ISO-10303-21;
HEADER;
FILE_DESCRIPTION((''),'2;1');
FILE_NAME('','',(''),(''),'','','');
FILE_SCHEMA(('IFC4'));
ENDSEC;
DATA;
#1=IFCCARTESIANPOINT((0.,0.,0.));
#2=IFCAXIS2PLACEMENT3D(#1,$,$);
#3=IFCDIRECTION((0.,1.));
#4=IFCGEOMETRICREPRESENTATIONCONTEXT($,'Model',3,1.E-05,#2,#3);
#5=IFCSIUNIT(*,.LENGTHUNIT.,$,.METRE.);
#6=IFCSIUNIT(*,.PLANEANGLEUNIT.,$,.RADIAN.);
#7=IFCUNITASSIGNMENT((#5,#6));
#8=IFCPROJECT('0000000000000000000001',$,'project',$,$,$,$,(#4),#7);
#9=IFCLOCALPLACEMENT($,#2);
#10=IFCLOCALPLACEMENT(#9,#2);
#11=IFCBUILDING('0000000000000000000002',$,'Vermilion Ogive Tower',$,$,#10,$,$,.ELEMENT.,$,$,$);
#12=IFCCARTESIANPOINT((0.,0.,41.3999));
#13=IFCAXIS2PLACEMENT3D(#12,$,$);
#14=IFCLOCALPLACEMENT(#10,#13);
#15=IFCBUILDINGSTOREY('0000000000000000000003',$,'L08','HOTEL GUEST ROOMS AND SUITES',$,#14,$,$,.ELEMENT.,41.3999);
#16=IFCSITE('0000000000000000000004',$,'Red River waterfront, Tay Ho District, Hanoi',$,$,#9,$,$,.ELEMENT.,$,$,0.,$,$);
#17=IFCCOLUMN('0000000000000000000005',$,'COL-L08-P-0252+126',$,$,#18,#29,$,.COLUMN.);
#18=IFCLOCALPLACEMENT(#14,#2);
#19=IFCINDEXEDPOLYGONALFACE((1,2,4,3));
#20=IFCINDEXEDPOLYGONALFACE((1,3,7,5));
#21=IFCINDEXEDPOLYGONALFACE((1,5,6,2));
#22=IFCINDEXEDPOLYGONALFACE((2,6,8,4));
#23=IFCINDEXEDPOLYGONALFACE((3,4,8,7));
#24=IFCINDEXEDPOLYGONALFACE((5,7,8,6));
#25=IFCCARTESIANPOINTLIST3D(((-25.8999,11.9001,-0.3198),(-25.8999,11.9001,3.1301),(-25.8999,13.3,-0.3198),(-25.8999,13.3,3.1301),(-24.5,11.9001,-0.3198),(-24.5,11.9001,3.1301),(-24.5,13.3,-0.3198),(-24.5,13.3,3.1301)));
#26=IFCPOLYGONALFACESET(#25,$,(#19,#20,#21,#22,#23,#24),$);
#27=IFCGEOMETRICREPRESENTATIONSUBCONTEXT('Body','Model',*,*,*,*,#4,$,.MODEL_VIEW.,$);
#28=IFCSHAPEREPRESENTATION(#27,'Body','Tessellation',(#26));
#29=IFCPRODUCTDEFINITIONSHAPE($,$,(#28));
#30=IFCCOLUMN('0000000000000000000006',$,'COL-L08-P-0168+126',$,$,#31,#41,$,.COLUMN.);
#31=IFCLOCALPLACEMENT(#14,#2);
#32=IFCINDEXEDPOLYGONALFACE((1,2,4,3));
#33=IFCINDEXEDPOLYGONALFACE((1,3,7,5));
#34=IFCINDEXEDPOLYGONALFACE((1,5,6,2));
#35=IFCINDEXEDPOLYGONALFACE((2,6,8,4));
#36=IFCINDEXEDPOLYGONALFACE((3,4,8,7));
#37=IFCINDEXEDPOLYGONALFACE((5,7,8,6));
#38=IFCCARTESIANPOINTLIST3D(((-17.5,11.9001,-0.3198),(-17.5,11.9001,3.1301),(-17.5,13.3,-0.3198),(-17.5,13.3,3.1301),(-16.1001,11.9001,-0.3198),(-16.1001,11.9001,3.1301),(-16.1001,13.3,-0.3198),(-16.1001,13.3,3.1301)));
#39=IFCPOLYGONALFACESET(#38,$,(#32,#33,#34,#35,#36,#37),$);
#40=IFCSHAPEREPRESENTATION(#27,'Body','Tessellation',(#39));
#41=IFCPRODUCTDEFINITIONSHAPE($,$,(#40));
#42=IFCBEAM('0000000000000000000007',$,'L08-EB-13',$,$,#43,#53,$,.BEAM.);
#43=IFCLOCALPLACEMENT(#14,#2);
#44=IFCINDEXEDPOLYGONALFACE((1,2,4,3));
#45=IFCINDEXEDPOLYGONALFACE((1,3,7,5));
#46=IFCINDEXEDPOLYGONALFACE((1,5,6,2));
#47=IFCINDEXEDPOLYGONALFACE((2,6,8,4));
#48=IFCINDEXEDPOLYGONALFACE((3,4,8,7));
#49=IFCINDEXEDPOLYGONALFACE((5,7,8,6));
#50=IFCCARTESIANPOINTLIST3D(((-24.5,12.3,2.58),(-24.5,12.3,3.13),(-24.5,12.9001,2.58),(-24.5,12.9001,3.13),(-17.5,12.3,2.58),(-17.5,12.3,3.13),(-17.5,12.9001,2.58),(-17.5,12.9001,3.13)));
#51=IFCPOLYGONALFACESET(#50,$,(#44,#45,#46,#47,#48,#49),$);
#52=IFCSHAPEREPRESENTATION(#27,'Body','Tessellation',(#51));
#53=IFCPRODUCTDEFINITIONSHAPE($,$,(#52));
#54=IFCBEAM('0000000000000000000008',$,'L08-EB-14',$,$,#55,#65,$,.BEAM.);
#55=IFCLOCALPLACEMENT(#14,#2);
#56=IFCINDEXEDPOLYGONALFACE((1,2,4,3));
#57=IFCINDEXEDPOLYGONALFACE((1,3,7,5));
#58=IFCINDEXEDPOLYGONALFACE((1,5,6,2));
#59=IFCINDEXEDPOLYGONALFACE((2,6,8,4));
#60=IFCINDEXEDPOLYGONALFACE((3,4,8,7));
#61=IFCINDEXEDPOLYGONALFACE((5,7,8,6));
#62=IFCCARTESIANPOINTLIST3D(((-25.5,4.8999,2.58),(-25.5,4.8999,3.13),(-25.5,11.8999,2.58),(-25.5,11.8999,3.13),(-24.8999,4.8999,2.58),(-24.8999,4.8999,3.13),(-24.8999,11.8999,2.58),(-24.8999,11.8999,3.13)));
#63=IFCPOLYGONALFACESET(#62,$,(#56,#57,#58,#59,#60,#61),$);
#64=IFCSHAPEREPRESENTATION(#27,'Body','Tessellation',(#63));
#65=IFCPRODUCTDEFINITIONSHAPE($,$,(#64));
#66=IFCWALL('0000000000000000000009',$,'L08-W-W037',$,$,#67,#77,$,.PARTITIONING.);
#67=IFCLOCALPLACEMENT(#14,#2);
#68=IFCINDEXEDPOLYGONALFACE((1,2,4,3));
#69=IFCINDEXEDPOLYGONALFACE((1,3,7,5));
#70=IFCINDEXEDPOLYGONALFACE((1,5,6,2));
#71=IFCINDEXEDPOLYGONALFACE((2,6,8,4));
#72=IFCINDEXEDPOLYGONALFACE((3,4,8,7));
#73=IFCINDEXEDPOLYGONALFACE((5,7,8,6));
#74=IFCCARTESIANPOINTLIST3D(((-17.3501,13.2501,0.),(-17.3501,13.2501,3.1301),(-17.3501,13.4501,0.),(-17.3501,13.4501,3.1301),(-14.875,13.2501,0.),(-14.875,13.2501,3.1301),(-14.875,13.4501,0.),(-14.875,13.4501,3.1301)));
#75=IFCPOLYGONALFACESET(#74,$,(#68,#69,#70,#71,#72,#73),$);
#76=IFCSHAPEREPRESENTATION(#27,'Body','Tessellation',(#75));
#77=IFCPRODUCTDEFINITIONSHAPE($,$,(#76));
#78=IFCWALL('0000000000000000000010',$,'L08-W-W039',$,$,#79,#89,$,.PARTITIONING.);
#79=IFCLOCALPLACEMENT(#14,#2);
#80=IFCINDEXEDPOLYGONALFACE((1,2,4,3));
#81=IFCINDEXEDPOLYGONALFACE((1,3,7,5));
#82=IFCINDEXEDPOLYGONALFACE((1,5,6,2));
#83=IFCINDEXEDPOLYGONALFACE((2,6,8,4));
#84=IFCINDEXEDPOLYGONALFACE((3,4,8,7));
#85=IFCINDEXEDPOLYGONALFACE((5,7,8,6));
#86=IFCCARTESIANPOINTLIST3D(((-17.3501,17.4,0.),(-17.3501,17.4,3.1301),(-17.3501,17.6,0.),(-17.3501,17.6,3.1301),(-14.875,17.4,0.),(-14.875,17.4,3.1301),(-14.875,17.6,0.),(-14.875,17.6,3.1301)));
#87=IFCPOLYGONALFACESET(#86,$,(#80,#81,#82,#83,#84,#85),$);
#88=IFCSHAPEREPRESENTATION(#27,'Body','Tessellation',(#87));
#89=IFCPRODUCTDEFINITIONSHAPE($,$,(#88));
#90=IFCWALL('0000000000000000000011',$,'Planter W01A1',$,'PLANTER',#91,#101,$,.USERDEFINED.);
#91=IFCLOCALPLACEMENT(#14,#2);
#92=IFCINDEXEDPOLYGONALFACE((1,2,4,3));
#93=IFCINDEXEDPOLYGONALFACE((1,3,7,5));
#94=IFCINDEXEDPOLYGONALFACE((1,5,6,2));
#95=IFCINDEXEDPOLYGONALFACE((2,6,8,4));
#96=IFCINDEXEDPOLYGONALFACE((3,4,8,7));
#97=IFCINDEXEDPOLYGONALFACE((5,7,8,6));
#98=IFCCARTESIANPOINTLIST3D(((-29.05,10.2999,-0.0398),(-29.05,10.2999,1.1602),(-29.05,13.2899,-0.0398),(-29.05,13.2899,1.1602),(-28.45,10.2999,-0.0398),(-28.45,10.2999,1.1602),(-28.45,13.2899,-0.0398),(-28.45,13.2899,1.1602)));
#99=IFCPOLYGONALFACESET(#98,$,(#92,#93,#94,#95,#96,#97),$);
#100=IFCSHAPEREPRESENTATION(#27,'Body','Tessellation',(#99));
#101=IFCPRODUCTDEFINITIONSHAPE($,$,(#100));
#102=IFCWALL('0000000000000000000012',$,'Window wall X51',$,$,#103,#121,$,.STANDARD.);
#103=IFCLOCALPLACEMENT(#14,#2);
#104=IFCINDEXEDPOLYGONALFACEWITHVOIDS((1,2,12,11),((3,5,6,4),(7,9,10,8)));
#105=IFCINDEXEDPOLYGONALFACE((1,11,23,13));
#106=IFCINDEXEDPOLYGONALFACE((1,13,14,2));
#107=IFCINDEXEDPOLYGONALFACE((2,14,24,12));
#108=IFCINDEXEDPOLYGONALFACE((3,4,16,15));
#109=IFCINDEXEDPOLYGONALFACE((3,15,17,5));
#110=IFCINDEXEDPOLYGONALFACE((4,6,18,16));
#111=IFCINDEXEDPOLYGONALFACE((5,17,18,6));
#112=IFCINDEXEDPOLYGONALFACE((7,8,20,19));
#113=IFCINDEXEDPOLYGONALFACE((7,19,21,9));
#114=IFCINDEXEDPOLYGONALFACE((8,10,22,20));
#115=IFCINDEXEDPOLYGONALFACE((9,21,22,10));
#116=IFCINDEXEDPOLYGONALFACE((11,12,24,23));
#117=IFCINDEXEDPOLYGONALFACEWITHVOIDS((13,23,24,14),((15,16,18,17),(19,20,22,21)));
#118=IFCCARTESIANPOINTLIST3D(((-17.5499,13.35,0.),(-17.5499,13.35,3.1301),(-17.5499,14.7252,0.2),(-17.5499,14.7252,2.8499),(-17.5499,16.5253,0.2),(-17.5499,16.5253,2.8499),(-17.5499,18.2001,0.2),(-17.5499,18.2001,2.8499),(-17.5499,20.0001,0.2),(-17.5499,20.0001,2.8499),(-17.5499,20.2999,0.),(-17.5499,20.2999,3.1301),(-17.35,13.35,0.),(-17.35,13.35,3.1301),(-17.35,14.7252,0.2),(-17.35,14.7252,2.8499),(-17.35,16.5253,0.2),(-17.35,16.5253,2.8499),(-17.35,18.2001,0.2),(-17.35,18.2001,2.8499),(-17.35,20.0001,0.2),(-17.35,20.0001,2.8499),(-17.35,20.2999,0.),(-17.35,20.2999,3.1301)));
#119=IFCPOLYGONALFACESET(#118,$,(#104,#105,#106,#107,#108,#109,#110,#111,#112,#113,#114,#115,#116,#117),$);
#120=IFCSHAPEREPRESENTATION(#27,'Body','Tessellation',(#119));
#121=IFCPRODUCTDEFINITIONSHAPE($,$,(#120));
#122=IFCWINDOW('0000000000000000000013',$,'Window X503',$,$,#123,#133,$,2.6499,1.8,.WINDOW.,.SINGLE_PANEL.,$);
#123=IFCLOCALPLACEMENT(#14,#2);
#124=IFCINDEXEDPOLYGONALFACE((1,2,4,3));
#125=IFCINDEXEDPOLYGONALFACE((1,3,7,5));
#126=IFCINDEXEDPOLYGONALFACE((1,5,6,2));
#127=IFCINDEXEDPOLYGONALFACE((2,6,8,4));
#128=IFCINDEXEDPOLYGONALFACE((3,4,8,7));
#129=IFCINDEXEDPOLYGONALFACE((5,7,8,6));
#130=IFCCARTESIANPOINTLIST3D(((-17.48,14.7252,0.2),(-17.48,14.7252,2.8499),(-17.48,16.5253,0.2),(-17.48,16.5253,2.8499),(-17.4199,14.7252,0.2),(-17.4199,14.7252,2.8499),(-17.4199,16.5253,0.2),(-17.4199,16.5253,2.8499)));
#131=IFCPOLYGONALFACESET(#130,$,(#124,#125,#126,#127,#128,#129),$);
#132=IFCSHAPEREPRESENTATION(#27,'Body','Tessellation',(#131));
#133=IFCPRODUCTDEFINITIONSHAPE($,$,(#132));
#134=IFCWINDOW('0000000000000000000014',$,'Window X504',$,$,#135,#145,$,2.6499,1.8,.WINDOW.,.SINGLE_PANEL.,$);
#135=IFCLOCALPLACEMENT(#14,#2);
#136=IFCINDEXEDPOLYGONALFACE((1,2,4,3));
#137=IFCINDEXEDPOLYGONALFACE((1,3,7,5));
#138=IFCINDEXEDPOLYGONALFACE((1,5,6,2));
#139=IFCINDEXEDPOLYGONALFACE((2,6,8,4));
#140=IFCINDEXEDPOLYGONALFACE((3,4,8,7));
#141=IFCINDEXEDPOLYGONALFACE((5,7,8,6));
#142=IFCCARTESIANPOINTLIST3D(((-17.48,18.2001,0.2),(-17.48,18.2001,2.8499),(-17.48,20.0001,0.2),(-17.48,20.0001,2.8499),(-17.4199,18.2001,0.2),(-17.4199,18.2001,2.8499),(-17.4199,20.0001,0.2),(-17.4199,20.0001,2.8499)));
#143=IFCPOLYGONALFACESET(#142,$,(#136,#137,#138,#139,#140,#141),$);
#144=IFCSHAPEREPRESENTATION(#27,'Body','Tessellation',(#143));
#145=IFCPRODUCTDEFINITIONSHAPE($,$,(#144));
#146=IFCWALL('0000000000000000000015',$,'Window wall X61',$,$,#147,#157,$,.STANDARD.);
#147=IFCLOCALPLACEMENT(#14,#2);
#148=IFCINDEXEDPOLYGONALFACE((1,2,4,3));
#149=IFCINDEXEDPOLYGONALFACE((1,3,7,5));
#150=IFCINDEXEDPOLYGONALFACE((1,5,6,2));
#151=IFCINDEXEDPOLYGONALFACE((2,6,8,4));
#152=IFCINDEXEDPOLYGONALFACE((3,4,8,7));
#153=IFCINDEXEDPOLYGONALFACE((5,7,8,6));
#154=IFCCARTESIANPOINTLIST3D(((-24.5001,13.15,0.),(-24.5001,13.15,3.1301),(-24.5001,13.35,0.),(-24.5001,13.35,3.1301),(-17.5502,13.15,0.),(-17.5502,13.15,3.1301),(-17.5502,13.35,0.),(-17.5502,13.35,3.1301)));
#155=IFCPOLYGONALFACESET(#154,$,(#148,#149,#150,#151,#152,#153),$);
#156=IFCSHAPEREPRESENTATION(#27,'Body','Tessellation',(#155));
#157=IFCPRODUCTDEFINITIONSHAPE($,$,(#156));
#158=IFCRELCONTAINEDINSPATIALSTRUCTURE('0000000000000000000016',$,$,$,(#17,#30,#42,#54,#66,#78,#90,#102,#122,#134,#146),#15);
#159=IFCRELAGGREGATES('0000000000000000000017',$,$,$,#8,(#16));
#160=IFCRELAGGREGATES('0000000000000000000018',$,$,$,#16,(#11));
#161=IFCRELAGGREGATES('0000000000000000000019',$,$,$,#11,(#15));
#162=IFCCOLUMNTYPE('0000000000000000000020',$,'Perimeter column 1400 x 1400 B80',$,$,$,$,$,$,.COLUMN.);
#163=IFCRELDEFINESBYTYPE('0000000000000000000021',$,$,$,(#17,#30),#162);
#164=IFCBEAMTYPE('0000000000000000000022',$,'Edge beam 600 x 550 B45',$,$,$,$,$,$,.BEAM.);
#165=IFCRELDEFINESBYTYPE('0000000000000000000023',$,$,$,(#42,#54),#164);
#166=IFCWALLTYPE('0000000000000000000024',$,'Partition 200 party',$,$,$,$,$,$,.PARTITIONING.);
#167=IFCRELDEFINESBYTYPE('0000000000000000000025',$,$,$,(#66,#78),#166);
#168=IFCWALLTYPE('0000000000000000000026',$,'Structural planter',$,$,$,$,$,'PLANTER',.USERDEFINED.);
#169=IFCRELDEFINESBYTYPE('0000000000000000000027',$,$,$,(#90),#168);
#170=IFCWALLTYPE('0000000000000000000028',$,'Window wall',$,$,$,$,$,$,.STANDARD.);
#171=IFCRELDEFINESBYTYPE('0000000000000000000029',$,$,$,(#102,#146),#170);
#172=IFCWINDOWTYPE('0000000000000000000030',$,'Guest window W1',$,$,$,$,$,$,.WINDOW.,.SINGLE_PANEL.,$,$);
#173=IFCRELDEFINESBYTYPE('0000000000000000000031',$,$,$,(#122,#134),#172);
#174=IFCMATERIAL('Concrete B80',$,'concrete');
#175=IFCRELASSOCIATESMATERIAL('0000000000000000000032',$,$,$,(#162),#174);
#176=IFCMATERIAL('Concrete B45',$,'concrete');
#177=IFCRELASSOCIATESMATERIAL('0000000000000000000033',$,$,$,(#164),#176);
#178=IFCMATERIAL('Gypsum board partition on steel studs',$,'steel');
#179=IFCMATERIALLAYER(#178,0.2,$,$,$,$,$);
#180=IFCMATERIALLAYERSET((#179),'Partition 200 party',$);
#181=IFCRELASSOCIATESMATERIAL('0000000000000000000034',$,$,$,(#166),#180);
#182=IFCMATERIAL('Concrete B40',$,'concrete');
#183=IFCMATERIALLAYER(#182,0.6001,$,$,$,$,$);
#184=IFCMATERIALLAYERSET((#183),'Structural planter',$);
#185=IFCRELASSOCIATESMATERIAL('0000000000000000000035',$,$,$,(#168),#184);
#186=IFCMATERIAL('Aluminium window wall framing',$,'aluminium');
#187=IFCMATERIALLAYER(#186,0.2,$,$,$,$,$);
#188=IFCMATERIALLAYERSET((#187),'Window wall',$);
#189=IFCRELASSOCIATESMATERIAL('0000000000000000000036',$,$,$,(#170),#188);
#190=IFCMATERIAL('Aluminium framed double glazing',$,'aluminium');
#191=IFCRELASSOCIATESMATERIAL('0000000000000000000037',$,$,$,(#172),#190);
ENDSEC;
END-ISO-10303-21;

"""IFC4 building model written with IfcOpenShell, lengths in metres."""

from ifc_helpers import new_model, si_unit, direction, frame, frame_2d, origin, origin_2d, place, context, subcontext, project, spatial, rectangle, extrude, material, layer, layer_set, material_profile, profile_set, type_object, element, fill, save


model = new_model("IFC4")

# Units and contexts
model_context = context("Model", 3, precision=1e-05, world=origin(), true_north=direction((0.0, 1.0)))
body_context = subcontext(model_context, "Body", "Model", "MODEL_VIEW")
ifc_project = project(units=[si_unit("LENGTHUNIT", "METRE"), si_unit("PLANEANGLEUNIT", "RADIAN")], contexts=[model_context])

# Site, building, storey
site_placement = place(None, origin())
site = spatial("IfcSite", under=ifc_project, at=site_placement, Name="Red River waterfront, Tay Ho District, Hanoi", CompositionType="ELEMENT", RefElevation=0.0)
building_placement = place(site_placement, origin())
building = spatial("IfcBuilding", under=site, at=building_placement, Name="Vermilion Ogive Tower", CompositionType="ELEMENT")
storey_placement = place(building_placement, frame((0.0, 0.0, 41.3999)))
storey = spatial("IfcBuildingStorey", under=building, at=storey_placement, Name="L08", Description="HOTEL GUEST ROOMS AND SUITES", CompositionType="ELEMENT", Elevation=41.3999)

# Columns
ifc_material_1 = material(Name="Concrete B80", Category="concrete")
ifc_material_profile_1 = material_profile(ifc_material_1, rectangle(XDim=1.3999, YDim=1.3999, at=origin_2d()), Name="1400 x 1400")
ifc_profile_set_1 = profile_set([ifc_material_profile_1], Name="Concrete B80")
column_type = type_object("IfcColumnType", Name="Perimeter column 1400 x 1400 B80", PredefinedType="COLUMN", material=ifc_profile_set_1)
for number, where, z_axis, x_axis, name in (
    (1, (-25.2, 12.6001, -0.3198), (0.0, 0.0, 1.0), (1.0, 0.0, 0.0), "COL-L08-P-0252+126"),
    (2, (-16.8, 12.6001, -0.3198), (0.0, 0.0, 1.0), (1.0, 0.0, 0.0), "COL-L08-P-0168+126"),
):
    element("IfcColumn", number, at=place(storey_placement, frame(where, z_axis=z_axis, x_axis=x_axis)), inside=storey, type_object=column_type, Name=name, PredefinedType="COLUMN", context=body_context, shape_type="SweptSolid", body=[
        extrude(rectangle(XDim=1.3999, YDim=1.3999, at=origin_2d()), origin(), (0.0, 0.0, 1.0), 3.45),
    ])

# Beams
ifc_material_2 = material(Name="Concrete B45", Category="concrete")
ifc_material_profile_2 = material_profile(ifc_material_2, rectangle(XDim=0.6001, YDim=0.55, at=origin_2d()), Name="600 x 550")
ifc_profile_set_2 = profile_set([ifc_material_profile_2], Name="Concrete B45")
beam_type = type_object("IfcBeamType", Name="Edge beam 600 x 550 B45", PredefinedType="BEAM", material=ifc_profile_set_2)
for number, where, z_axis, x_axis, name in (
    (3, (-17.5, 12.6001, 2.855), (-1.0, 0.0, 0.0), (0.0, -1.0, 0.0), "L08-EB-13"),
    (4, (-25.2, 11.8999, 2.855), (0.0, -1.0, 0.0), (1.0, 0.0, 0.0), "L08-EB-14"),
):
    element("IfcBeam", number, at=place(storey_placement, frame(where, z_axis=z_axis, x_axis=x_axis)), inside=storey, type_object=beam_type, Name=name, PredefinedType="BEAM", context=body_context, shape_type="SweptSolid", body=[
        extrude(rectangle(XDim=0.6001, YDim=0.55, at=origin_2d()), origin(), (0.0, 0.0, 1.0), 7.0),
    ])

# Walls
ifc_material_3 = material(Name="Gypsum board partition on steel studs", Category="steel")
ifc_layer_1 = layer(ifc_material_3, 0.2)
ifc_layer_set_1 = layer_set([ifc_layer_1], Name="Partition 200 party")
wall_type_1 = type_object("IfcWallType", Name="Partition 200 party", PredefinedType="PARTITIONING", material=ifc_layer_set_1)
for number, where, z_axis, x_axis, name in (
    (5, (-17.3501, 13.3501, 0.0), (0.0, 0.0, 1.0), (1.0, 0.0, 0.0), "L08-W-W037"),
    (6, (-17.3501, 17.5, 0.0), (0.0, 0.0, 1.0), (1.0, 0.0, 0.0), "L08-W-W039"),
):
    element("IfcWall", number, at=place(storey_placement, frame(where, z_axis=z_axis, x_axis=x_axis)), inside=storey, type_object=wall_type_1, Name=name, PredefinedType="PARTITIONING", context=body_context, shape_type="SweptSolid", body=[
        extrude(rectangle(XDim=2.4751, YDim=0.2, at=frame_2d((1.2375, 0.0))), origin(), (0.0, 0.0, 1.0), 3.1301),
    ])
ifc_material_4 = material(Name="Concrete B40", Category="concrete")
ifc_layer_2 = layer(ifc_material_4, 0.6001)
ifc_layer_set_2 = layer_set([ifc_layer_2], Name="Structural planter")
wall_type_2 = type_object("IfcWallType", Name="Structural planter", ElementType="PLANTER", PredefinedType="USERDEFINED", material=ifc_layer_set_2)
wall_1_placement = place(storey_placement, frame((-28.75, 13.29, -0.0398), z_axis=(0.0, 0.0, 1.0), x_axis=(0.0, -1.0, 0.0)))
element("IfcWall", 7, at=wall_1_placement, inside=storey, type_object=wall_type_2, Name="Planter W01A1", ObjectType="PLANTER", PredefinedType="USERDEFINED", context=body_context, shape_type="SweptSolid", body=[
    extrude(rectangle(XDim=2.99, YDim=0.6001, at=frame_2d((1.4951, 0.0))), origin(), (0.0, 0.0, 1.0), 1.2),
])

# Wall, openings, windows
ifc_material_5 = material(Name="Aluminium window wall framing", Category="aluminium")
ifc_layer_3 = layer(ifc_material_5, 0.2)
ifc_layer_set_3 = layer_set([ifc_layer_3], Name="Window wall")
wall_type_3 = type_object("IfcWallType", Name="Window wall", PredefinedType="STANDARD", material=ifc_layer_set_3)
wall_2_placement = place(storey_placement, frame((-17.45, 20.3, 0.0), z_axis=(0.0, 0.0, 1.0), x_axis=(0.0, -1.0, 0.0)))
wall_2 = element("IfcWall", 8, at=wall_2_placement, inside=storey, type_object=wall_type_3, Name="Window wall X51", PredefinedType="STANDARD", context=body_context, shape_type="SweptSolid", body=[
    extrude(rectangle(XDim=6.95, YDim=0.2, at=frame_2d((3.4751, 0.0))), origin(), (0.0, 0.0, 1.0), 3.1301),
])
opening_1_placement = place(wall_2_placement, frame((3.7749, 0.0, 0.2)))
opening_1 = element("IfcOpeningElement", 9, at=opening_1_placement, cuts=wall_2, PredefinedType="OPENING", context=body_context, shape_type="SweptSolid", body=[
    extrude(rectangle(XDim=1.8, YDim=2.6499, at=frame_2d((0.8999, 1.325))), frame((0.0, 0.1099, 0.0), z_axis=(0.0, -1.0, 0.0), x_axis=(1.0, 0.0, 0.0)), (0.0, 0.0, 1.0), 0.22),
])
opening_2_placement = place(wall_2_placement, frame((0.3, 0.0, 0.2)))
opening_2 = element("IfcOpeningElement", 10, at=opening_2_placement, cuts=wall_2, PredefinedType="OPENING", context=body_context, shape_type="SweptSolid", body=[
    extrude(rectangle(XDim=1.8, YDim=2.6499, at=frame_2d((0.8999, 1.325))), frame((0.0, 0.1099, 0.0), z_axis=(0.0, -1.0, 0.0), x_axis=(1.0, 0.0, 0.0)), (0.0, 0.0, 1.0), 0.22),
])
ifc_material_6 = material(Name="Aluminium framed double glazing", Category="aluminium")
window_type = type_object("IfcWindowType", Name="Guest window W1", PartitioningType="SINGLE_PANEL", PredefinedType="WINDOW", material=ifc_material_6)
window_1_placement = place(opening_1_placement, origin())
window_1 = element("IfcWindow", 11, at=window_1_placement, inside=storey, type_object=window_type, Name="Window X503", OverallHeight=2.6499, OverallWidth=1.8, PartitioningType="SINGLE_PANEL", PredefinedType="WINDOW", context=body_context, shape_type="SweptSolid", body=[
    extrude(rectangle(XDim=1.8, YDim=2.6499, at=frame_2d((0.8999, 1.325))), frame((0.0, 0.03, 0.0), z_axis=(0.0, -1.0, 0.0), x_axis=(1.0, 0.0, 0.0)), (0.0, 0.0, 1.0), 0.0601),
])
fill(opening_1, window_1)
window_2_placement = place(opening_2_placement, origin())
window_2 = element("IfcWindow", 12, at=window_2_placement, inside=storey, type_object=window_type, Name="Window X504", OverallHeight=2.6499, OverallWidth=1.8, PartitioningType="SINGLE_PANEL", PredefinedType="WINDOW", context=body_context, shape_type="SweptSolid", body=[
    extrude(rectangle(XDim=1.8, YDim=2.6499, at=frame_2d((0.8999, 1.325))), frame((0.0, 0.03, 0.0), z_axis=(0.0, -1.0, 0.0), x_axis=(1.0, 0.0, 0.0)), (0.0, 0.0, 1.0), 0.0601),
])
fill(opening_2, window_2)

# Wall
wall_3_placement = place(storey_placement, frame((-17.55, 13.25, 0.0), z_axis=(0.0, 0.0, 1.0), x_axis=(-1.0, 0.0, 0.0)))
element("IfcWall", 13, at=wall_3_placement, inside=storey, type_object=wall_type_3, Name="Window wall X61", PredefinedType="STANDARD", context=body_context, shape_type="SweptSolid", body=[
    extrude(rectangle(XDim=6.95, YDim=0.2, at=frame_2d((3.4751, 0.0))), origin(), (0.0, 0.0, 1.0), 3.1301),
])

save(model, "model.ifc")
